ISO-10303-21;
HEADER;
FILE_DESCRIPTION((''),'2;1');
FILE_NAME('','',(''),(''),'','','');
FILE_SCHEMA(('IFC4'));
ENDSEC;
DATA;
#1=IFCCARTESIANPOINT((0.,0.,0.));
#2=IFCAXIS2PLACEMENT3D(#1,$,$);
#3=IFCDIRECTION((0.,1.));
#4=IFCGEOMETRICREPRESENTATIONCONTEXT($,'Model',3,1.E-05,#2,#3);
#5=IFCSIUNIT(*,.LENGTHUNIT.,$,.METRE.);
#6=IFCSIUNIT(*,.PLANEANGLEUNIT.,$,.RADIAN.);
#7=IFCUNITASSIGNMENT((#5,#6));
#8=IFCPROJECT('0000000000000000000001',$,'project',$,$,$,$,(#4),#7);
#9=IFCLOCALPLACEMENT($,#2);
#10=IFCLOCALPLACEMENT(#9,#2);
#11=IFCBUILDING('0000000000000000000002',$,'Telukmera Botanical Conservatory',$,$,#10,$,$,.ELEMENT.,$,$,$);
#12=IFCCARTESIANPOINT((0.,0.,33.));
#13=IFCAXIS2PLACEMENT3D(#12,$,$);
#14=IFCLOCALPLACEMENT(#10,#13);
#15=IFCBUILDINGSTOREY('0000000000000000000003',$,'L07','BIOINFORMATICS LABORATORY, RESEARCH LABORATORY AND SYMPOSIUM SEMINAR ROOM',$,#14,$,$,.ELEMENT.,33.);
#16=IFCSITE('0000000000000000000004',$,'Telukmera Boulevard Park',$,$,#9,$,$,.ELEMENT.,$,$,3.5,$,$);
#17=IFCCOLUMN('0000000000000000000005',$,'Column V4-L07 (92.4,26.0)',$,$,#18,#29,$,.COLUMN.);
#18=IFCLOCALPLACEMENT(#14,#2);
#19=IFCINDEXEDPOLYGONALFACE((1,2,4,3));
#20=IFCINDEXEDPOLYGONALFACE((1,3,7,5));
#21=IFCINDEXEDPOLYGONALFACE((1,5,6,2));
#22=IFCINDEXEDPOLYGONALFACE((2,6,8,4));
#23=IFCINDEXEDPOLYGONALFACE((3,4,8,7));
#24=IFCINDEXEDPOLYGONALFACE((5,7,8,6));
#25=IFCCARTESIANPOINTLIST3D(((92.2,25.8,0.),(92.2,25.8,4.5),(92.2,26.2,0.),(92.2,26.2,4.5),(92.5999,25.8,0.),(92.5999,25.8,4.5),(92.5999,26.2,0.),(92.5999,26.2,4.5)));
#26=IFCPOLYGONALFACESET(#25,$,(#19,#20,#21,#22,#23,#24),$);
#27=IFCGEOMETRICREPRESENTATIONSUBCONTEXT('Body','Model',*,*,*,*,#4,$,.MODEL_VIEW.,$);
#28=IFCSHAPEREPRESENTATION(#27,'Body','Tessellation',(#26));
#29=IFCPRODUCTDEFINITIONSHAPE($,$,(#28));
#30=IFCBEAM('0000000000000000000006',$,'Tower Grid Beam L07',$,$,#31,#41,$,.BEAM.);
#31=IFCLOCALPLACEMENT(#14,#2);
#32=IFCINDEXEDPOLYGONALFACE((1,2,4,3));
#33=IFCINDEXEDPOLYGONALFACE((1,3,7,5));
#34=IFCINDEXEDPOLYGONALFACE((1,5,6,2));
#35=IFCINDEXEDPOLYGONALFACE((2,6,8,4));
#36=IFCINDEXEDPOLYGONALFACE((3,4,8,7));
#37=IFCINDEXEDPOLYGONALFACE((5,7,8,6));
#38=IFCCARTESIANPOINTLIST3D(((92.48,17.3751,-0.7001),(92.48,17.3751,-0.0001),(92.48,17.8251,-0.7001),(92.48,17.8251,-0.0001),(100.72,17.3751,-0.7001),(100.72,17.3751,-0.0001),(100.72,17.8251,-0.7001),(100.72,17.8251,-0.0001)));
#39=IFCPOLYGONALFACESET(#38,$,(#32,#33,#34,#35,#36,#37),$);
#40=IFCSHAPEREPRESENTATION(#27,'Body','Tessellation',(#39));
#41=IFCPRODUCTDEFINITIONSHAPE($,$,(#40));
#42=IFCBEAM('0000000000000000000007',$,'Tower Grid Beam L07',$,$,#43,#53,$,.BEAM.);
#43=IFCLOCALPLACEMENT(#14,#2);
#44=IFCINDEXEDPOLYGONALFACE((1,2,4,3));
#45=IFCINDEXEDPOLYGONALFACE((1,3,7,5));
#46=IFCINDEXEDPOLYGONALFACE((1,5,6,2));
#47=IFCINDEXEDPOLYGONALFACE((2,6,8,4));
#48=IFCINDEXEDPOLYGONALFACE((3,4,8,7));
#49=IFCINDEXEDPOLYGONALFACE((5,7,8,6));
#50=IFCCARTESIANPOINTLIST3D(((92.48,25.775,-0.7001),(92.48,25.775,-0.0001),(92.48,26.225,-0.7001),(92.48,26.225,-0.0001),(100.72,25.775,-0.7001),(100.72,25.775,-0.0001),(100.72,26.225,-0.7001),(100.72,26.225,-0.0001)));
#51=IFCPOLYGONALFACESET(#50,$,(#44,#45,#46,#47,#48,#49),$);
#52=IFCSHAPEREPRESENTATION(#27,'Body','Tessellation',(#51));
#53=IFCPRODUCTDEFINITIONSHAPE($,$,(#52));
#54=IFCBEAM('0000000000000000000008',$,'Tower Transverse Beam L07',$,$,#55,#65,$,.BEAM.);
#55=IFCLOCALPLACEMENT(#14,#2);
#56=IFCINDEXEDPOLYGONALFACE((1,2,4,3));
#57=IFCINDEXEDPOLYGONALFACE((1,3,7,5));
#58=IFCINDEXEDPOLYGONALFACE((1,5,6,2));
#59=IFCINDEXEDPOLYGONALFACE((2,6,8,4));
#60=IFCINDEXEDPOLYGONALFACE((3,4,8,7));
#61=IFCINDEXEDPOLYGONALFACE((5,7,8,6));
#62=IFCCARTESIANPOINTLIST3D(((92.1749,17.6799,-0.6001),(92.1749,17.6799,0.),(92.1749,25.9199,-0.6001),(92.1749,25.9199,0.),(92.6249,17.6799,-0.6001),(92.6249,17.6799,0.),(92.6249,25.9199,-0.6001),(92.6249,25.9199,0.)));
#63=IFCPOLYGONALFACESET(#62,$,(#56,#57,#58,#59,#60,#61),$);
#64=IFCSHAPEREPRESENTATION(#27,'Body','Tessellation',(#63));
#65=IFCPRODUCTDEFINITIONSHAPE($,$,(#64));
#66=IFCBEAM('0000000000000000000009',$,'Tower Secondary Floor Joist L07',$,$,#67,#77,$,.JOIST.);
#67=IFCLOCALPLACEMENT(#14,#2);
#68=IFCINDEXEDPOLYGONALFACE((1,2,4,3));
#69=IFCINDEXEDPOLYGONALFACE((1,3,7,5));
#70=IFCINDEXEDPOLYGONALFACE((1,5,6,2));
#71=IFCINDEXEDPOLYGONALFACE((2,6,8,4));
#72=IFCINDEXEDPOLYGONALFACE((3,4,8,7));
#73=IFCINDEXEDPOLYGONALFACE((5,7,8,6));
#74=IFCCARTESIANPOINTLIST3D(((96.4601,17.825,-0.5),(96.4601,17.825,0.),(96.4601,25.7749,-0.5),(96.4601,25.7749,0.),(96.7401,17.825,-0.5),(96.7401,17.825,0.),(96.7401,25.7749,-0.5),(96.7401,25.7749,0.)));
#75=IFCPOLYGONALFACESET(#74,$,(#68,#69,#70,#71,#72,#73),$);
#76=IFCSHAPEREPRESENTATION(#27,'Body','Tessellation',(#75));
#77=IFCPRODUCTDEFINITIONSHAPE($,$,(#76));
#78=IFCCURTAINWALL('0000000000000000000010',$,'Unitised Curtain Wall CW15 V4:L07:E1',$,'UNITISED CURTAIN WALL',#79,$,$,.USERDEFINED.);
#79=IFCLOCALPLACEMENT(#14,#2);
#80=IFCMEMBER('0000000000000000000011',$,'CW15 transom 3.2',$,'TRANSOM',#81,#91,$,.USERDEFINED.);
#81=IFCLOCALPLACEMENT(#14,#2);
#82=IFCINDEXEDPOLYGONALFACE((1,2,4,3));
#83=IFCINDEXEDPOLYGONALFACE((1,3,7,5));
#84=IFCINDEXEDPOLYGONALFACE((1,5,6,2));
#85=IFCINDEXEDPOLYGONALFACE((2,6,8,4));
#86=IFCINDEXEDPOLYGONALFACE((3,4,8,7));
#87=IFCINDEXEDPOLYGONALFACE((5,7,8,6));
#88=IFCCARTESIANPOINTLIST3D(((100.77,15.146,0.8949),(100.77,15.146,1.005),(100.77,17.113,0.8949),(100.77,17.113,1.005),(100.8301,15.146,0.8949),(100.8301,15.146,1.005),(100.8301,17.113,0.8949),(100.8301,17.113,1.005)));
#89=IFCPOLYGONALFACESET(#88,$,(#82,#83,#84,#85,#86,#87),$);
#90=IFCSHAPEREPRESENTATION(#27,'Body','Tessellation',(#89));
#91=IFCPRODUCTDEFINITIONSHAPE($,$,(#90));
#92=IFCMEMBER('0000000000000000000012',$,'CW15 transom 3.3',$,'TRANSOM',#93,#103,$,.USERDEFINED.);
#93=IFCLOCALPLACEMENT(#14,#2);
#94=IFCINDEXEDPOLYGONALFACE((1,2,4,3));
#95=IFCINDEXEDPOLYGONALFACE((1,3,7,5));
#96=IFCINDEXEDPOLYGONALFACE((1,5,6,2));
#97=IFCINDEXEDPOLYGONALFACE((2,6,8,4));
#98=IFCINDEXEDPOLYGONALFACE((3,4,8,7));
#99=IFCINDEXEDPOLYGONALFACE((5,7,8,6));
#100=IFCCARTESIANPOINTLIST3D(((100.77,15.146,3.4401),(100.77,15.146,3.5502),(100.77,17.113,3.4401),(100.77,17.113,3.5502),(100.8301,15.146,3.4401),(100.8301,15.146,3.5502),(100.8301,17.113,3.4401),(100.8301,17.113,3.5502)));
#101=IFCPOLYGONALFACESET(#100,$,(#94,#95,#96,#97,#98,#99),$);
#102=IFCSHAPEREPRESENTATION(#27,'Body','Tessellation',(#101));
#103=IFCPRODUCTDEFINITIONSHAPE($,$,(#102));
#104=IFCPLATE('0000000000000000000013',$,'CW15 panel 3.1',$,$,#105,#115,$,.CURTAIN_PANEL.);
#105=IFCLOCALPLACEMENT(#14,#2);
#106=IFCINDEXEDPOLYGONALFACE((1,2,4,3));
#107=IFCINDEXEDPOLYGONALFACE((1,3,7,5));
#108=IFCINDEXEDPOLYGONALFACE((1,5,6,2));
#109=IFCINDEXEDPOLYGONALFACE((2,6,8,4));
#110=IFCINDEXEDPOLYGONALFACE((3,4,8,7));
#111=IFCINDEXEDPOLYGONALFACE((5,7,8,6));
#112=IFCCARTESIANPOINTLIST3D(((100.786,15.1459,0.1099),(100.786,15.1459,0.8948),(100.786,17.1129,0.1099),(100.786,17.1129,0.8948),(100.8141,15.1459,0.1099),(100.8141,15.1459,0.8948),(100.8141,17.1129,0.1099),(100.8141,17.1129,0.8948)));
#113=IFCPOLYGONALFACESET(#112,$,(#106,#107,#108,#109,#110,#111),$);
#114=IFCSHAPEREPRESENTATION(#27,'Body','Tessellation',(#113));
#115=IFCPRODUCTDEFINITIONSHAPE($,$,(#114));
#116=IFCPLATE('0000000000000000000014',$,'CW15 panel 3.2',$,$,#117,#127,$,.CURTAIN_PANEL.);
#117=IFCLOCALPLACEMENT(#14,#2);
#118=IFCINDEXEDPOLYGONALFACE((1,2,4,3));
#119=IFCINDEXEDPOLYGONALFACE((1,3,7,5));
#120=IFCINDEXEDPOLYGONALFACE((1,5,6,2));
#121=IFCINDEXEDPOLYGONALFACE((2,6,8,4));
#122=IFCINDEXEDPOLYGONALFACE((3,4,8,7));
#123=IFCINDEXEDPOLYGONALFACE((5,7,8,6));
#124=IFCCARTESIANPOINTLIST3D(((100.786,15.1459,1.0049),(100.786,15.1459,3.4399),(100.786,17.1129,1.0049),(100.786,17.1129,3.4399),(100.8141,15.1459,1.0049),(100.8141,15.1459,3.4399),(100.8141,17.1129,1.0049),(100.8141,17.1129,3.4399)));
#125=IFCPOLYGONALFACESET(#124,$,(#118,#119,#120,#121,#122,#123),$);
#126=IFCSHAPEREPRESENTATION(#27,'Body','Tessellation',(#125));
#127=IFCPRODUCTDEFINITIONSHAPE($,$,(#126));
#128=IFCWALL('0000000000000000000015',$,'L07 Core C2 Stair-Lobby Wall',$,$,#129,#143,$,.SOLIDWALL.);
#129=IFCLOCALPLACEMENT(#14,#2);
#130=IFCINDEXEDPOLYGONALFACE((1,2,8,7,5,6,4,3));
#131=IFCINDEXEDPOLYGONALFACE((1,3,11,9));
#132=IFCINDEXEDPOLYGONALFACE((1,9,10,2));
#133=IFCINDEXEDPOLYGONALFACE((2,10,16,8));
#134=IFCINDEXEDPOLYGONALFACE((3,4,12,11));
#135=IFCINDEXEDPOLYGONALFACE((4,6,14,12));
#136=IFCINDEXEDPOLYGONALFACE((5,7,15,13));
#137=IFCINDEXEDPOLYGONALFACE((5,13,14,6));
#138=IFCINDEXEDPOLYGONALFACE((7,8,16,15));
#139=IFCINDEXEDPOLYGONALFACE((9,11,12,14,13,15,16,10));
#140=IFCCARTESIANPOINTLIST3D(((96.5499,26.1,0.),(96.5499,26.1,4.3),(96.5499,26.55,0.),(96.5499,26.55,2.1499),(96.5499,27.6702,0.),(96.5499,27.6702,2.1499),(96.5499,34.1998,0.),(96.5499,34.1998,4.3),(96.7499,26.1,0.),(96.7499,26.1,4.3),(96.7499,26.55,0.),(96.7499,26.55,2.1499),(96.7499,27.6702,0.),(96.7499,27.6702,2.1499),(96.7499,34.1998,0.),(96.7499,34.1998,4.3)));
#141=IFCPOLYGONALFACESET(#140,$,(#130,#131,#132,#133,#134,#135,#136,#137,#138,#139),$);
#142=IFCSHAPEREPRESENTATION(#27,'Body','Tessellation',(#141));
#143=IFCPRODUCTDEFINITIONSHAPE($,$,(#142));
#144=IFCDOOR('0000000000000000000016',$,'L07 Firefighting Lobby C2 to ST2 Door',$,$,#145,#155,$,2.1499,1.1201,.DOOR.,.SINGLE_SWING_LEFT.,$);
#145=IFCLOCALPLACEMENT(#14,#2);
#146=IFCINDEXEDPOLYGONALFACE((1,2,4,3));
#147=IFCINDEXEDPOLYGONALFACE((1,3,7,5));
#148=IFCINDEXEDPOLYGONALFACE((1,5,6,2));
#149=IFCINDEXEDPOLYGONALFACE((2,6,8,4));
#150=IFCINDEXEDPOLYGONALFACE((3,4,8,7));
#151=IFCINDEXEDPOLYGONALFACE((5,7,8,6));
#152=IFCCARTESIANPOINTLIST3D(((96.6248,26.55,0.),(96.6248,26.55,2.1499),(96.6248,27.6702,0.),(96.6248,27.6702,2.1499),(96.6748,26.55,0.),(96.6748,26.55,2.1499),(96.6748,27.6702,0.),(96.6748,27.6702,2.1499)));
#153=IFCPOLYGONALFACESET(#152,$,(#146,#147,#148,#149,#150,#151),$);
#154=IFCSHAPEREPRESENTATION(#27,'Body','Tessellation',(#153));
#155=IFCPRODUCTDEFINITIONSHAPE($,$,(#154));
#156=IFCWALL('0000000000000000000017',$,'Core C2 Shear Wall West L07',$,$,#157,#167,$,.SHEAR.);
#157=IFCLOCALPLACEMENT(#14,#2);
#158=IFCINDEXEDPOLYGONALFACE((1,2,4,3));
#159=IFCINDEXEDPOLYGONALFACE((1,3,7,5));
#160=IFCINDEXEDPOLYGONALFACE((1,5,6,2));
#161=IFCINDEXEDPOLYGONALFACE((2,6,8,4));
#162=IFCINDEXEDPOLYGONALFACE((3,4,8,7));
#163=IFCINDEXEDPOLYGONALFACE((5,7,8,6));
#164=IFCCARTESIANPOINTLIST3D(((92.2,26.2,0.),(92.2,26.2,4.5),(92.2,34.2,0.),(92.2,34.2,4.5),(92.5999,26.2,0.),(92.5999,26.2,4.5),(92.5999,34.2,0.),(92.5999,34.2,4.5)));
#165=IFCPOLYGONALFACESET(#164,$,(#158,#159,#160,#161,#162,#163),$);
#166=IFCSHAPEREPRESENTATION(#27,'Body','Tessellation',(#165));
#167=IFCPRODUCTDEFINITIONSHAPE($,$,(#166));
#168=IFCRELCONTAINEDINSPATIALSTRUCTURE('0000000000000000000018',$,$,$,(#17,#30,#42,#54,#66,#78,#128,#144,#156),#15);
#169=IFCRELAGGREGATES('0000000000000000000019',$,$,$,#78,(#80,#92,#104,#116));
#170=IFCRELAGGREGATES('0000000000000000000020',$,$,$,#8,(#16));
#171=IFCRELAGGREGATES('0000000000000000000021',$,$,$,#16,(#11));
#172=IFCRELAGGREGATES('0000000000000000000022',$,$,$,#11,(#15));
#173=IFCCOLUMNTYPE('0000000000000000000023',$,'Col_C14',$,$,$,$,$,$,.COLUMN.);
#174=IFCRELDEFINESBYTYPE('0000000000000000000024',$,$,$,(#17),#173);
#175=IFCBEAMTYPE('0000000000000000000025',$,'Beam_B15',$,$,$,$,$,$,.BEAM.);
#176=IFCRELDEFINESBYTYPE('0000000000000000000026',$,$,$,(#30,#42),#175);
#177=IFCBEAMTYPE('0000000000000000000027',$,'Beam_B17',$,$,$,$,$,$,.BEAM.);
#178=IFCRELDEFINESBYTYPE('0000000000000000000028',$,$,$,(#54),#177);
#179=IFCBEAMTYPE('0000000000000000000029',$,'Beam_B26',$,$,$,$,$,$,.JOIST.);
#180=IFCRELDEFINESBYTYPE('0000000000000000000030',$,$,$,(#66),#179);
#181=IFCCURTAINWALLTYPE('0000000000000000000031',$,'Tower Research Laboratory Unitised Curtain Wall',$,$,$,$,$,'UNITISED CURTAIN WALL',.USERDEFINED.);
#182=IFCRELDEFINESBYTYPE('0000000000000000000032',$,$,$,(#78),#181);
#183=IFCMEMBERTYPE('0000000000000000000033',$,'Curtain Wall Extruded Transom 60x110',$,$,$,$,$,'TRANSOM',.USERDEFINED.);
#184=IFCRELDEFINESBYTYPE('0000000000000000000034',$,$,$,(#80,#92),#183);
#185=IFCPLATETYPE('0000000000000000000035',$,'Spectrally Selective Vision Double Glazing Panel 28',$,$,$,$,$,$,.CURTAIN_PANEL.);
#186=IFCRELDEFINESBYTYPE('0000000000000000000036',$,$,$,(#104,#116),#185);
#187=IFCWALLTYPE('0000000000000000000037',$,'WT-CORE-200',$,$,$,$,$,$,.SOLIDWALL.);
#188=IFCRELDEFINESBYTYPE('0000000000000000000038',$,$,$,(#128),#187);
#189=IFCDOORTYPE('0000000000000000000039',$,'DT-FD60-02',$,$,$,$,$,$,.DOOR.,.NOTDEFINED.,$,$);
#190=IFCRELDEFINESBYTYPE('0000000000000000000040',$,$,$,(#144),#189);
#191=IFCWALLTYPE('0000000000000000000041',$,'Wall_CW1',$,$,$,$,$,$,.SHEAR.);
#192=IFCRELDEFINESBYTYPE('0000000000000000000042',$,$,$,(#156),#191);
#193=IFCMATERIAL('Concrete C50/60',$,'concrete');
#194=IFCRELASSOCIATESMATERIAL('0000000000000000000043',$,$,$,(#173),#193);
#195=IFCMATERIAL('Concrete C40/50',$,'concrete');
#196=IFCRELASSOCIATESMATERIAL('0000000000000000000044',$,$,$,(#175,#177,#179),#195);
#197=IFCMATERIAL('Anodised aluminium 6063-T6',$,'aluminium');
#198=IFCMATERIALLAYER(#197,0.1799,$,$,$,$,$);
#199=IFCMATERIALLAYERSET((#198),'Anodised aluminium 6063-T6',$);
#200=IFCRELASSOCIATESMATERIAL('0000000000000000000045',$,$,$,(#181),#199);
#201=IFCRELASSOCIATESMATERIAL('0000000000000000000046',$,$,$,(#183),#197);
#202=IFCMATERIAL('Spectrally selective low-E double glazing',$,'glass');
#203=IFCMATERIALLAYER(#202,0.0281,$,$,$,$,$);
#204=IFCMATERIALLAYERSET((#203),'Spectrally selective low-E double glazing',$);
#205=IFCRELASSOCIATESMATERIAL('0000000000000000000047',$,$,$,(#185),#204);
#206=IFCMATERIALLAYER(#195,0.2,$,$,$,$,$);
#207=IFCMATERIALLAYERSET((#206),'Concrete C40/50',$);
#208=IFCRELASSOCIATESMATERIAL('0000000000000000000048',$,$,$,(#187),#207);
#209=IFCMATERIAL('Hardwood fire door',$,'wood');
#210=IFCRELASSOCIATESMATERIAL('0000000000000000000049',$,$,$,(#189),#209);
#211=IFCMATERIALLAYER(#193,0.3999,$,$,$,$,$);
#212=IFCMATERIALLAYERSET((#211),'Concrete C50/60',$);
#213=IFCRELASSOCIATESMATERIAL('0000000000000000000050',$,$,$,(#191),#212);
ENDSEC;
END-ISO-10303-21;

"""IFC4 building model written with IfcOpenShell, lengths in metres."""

from ifc_helpers import new_model, si_unit, direction, frame, frame_2d, origin, origin_2d, place, context, subcontext, project, spatial, rectangle, extrude, material, layer, layer_set, material_profile, profile_set, type_object, element, fill, aggregate, save


model = new_model("IFC4")

# Units and contexts
model_context = context("Model", 3, precision=1e-05, world=origin(), true_north=direction((0.0, 1.0)))
body_context = subcontext(model_context, "Body", "Model", "MODEL_VIEW")
ifc_project = project(units=[si_unit("LENGTHUNIT", "METRE"), si_unit("PLANEANGLEUNIT", "RADIAN")], contexts=[model_context])

# Site, building, storey
site_placement = place(None, origin())
site = spatial("IfcSite", under=ifc_project, at=site_placement, Name="Telukmera Boulevard Park", CompositionType="ELEMENT", RefElevation=3.5)
building_placement = place(site_placement, origin())
building = spatial("IfcBuilding", under=site, at=building_placement, Name="Telukmera Botanical Conservatory", CompositionType="ELEMENT")
storey_placement = place(building_placement, frame((0.0, 0.0, 33.0)))
storey = spatial("IfcBuildingStorey", under=building, at=storey_placement, Name="L07", Description="BIOINFORMATICS LABORATORY, RESEARCH LABORATORY AND SYMPOSIUM SEMINAR ROOM", CompositionType="ELEMENT", Elevation=33.0)

# Column
ifc_material_1 = material(Name="Concrete C50/60", Category="concrete")
ifc_material_profile_1 = material_profile(ifc_material_1, rectangle(XDim=0.3999, YDim=0.3999, at=origin_2d()), Name="RC 400x400")
ifc_profile_set_1 = profile_set([ifc_material_profile_1], Name="Concrete C50/60")
column_type = type_object("IfcColumnType", Name="Col_C14", PredefinedType="COLUMN", material=ifc_profile_set_1)
column_placement = place(storey_placement, frame((92.3999, 26.0, 0.0), z_axis=(0.0, 0.0, 1.0), x_axis=(1.0, 0.0, 0.0)))
element("IfcColumn", 1, at=column_placement, inside=storey, type_object=column_type, Name="Column V4-L07 (92.4,26.0)", PredefinedType="COLUMN", context=body_context, shape_type="SweptSolid", body=[
    extrude(rectangle(XDim=0.3999, YDim=0.3999, at=origin_2d()), origin(), (0.0, 0.0, 1.0), 4.5),
])

# Beams
ifc_material_2 = material(Name="Concrete C40/50", Category="concrete")
ifc_material_profile_2 = material_profile(ifc_material_2, rectangle(XDim=0.45, YDim=0.7, at=origin_2d()), Name="RC 450x700")
ifc_profile_set_2 = profile_set([ifc_material_profile_2], Name="Concrete C40/50")
beam_type_1 = type_object("IfcBeamType", Name="Beam_B15", PredefinedType="BEAM", material=ifc_profile_set_2)
for number, where, z_axis, x_axis, name in (
    (2, (92.48, 17.6001, -0.3501), (1.0, 0.0, 0.0), (0.0, 1.0, 0.0), "Tower Grid Beam L07"),
    (3, (92.48, 26.0, -0.3501), (1.0, 0.0, 0.0), (0.0, 1.0, 0.0), "Tower Grid Beam L07"),
):
    element("IfcBeam", number, at=place(storey_placement, frame(where, z_axis=z_axis, x_axis=x_axis)), inside=storey, type_object=beam_type_1, Name=name, PredefinedType="BEAM", context=body_context, shape_type="SweptSolid", body=[
        extrude(rectangle(XDim=0.45, YDim=0.7, at=origin_2d()), origin(), (0.0, 0.0, 1.0), 8.24),
    ])
ifc_material_profile_3 = material_profile(ifc_material_2, rectangle(XDim=0.45, YDim=0.6001, at=origin_2d()), Name="RC 450x600")
ifc_profile_set_3 = profile_set([ifc_material_profile_3], Name="Concrete C40/50")
beam_type_2 = type_object("IfcBeamType", Name="Beam_B17", PredefinedType="BEAM", material=ifc_profile_set_3)
beam_1_placement = place(storey_placement, frame((92.3999, 17.6799, -0.3), z_axis=(0.0, 1.0, 0.0), x_axis=(-1.0, 0.0, 0.0)))
element("IfcBeam", 4, at=beam_1_placement, inside=storey, type_object=beam_type_2, Name="Tower Transverse Beam L07", PredefinedType="BEAM", context=body_context, shape_type="SweptSolid", body=[
    extrude(rectangle(XDim=0.45, YDim=0.6001, at=origin_2d()), origin(), (0.0, 0.0, 1.0), 8.24),
])
ifc_material_profile_4 = material_profile(ifc_material_2, rectangle(XDim=0.28, YDim=0.5, at=origin_2d()), Name="RC 280x500")
ifc_profile_set_4 = profile_set([ifc_material_profile_4], Name="Concrete C40/50")
beam_type_3 = type_object("IfcBeamType", Name="Beam_B26", PredefinedType="JOIST", material=ifc_profile_set_4)
beam_2_placement = place(storey_placement, frame((96.6001, 17.825, -0.25), z_axis=(0.0, 1.0, 0.0), x_axis=(-1.0, 0.0, 0.0)))
element("IfcBeam", 5, at=beam_2_placement, inside=storey, type_object=beam_type_3, Name="Tower Secondary Floor Joist L07", PredefinedType="JOIST", context=body_context, shape_type="SweptSolid", body=[
    extrude(rectangle(XDim=0.28, YDim=0.5, at=origin_2d()), origin(), (0.0, 0.0, 1.0), 7.95),
])

# Curtain wall, members, plates
ifc_material_3 = material(Name="Anodised aluminium 6063-T6", Category="aluminium")
ifc_layer_1 = layer(ifc_material_3, 0.1799)
ifc_layer_set_1 = layer_set([ifc_layer_1], Name="Anodised aluminium 6063-T6")
curtain_wall_type = type_object("IfcCurtainWallType", Name="Tower Research Laboratory Unitised Curtain Wall", ElementType="UNITISED CURTAIN WALL", PredefinedType="USERDEFINED", material=ifc_layer_set_1)
curtain_wall_placement = place(storey_placement, origin())
curtain_wall = element("IfcCurtainWall", 6, at=curtain_wall_placement, inside=storey, type_object=curtain_wall_type, Name="Unitised Curtain Wall CW15 V4:L07:E1", ObjectType="UNITISED CURTAIN WALL", PredefinedType="USERDEFINED")
ifc_material_profile_5 = material_profile(ifc_material_3, rectangle(XDim=0.0601, YDim=0.1101, at=origin_2d()), Name="ALU TRAN 60x110")
ifc_profile_set_5 = profile_set([ifc_material_profile_5], Name="Anodised aluminium 6063-T6")
member_type = type_object("IfcMemberType", Name="Curtain Wall Extruded Transom 60x110", ElementType="TRANSOM", PredefinedType="USERDEFINED", material=ifc_profile_set_5)
member_1_placement = place(storey_placement, frame((100.8, 15.146, 0.95), z_axis=(0.0, 1.0, 0.0), x_axis=(-1.0, 0.0, 0.0)))
member_1 = element("IfcMember", 7, at=member_1_placement, type_object=member_type, Name="CW15 transom 3.2", ObjectType="TRANSOM", PredefinedType="USERDEFINED", context=body_context, shape_type="SweptSolid", body=[
    extrude(rectangle(XDim=0.0601, YDim=0.1101, at=origin_2d()), origin(), (0.0, 0.0, 1.0), 1.967),
])
member_2_placement = place(storey_placement, frame((100.8, 15.146, 3.4951), z_axis=(0.0, 1.0, 0.0), x_axis=(-1.0, 0.0, 0.0)))
member_2 = element("IfcMember", 8, at=member_2_placement, type_object=member_type, Name="CW15 transom 3.3", ObjectType="TRANSOM", PredefinedType="USERDEFINED", context=body_context, shape_type="SweptSolid", body=[
    extrude(rectangle(XDim=0.0601, YDim=0.1101, at=origin_2d()), origin(), (0.0, 0.0, 1.0), 1.967),
])
ifc_material_4 = material(Name="Spectrally selective low-E double glazing", Category="glass")
ifc_layer_2 = layer(ifc_material_4, 0.0281)
ifc_layer_set_2 = layer_set([ifc_layer_2], Name="Spectrally selective low-E double glazing")
plate_type = type_object("IfcPlateType", Name="Spectrally Selective Vision Double Glazing Panel 28", PredefinedType="CURTAIN_PANEL", material=ifc_layer_set_2)
plate_1_placement = place(storey_placement, frame((100.8, 16.1294, 0.1099), z_axis=(0.0, 0.0, 1.0), x_axis=(0.0, 1.0, 0.0)))
plate_1 = element("IfcPlate", 9, at=plate_1_placement, type_object=plate_type, Name="CW15 panel 3.1", PredefinedType="CURTAIN_PANEL", context=body_context, shape_type="SweptSolid", body=[
    extrude(rectangle(XDim=1.967, YDim=0.0281, at=origin_2d()), origin(), (0.0, 0.0, 1.0), 0.7849),
])
plate_2_placement = place(storey_placement, frame((100.8, 16.1294, 1.0049), z_axis=(0.0, 0.0, 1.0), x_axis=(0.0, 1.0, 0.0)))
plate_2 = element("IfcPlate", 10, at=plate_2_placement, type_object=plate_type, Name="CW15 panel 3.2", PredefinedType="CURTAIN_PANEL", context=body_context, shape_type="SweptSolid", body=[
    extrude(rectangle(XDim=1.967, YDim=0.0281, at=origin_2d()), origin(), (0.0, 0.0, 1.0), 2.4351),
])
aggregate(curtain_wall, [member_1, member_2, plate_1, plate_2])

# Shared definitions
ifc_layer_3 = layer(ifc_material_2, 0.2)
ifc_layer_set_3 = layer_set([ifc_layer_3], Name="Concrete C40/50")
wall_type_1 = type_object("IfcWallType", Name="WT-CORE-200", PredefinedType="SOLIDWALL", material=ifc_layer_set_3)
ifc_material_5 = material(Name="Hardwood fire door", Category="wood")

# Wall, opening, door
wall_1_placement = place(storey_placement, frame((96.6499, 26.1001, 0.0), z_axis=(0.0, 0.0, 1.0), x_axis=(0.0, 1.0, 0.0)))
wall_1 = element("IfcWall", 11, at=wall_1_placement, inside=storey, type_object=wall_type_1, Name="L07 Core C2 Stair-Lobby Wall", PredefinedType="SOLIDWALL", context=body_context, shape_type="SweptSolid", body=[
    extrude(rectangle(XDim=8.0999, YDim=0.2, at=frame_2d((4.0498, 0.0))), origin(), (0.0, 0.0, 1.0), 4.3),
])
opening_1_placement = place(wall_1_placement, frame((0.45, 0.0, 0.0)))
opening_1 = element("IfcOpeningElement", 12, at=opening_1_placement, cuts=wall_1, PredefinedType="OPENING", context=body_context, shape_type="SweptSolid", body=[
    extrude(rectangle(XDim=1.1201, YDim=2.1499, at=frame_2d((0.5601, 1.075))), frame((0.0, 0.1099, 0.0), z_axis=(0.0, -1.0, 0.0), x_axis=(1.0, 0.0, 0.0)), (0.0, 0.0, 1.0), 0.22),
])
door_type_1 = type_object("IfcDoorType", Name="DT-FD60-02", OperationType="NOTDEFINED", PredefinedType="DOOR", material=ifc_material_5)
door_1_placement = place(opening_1_placement, frame((1.1201, 0.0, 0.0), z_axis=(0.0, 0.0, 1.0), x_axis=(-1.0, 0.0, 0.0)))
door_1 = element("IfcDoor", 13, at=door_1_placement, inside=storey, type_object=door_type_1, Name="L07 Firefighting Lobby C2 to ST2 Door", OperationType="SINGLE_SWING_LEFT", OverallHeight=2.1499, OverallWidth=1.1201, PredefinedType="DOOR", context=body_context, shape_type="SweptSolid", body=[
    extrude(rectangle(XDim=1.1201, YDim=2.1499, at=frame_2d((0.5601, 1.075))), frame((0.0, 0.0249, 0.0), z_axis=(0.0, -1.0, 0.0), x_axis=(1.0, 0.0, 0.0)), (0.0, 0.0, 1.0), 0.05),
])
fill(opening_1, door_1)

# Wall
ifc_layer_4 = layer(ifc_material_1, 0.3999)
ifc_layer_set_4 = layer_set([ifc_layer_4], Name="Concrete C50/60")
wall_type_2 = type_object("IfcWallType", Name="Wall_CW1", PredefinedType="SHEAR", material=ifc_layer_set_4)
wall_2_placement = place(storey_placement, frame((92.3999, 26.2, 0.0), z_axis=(0.0, 0.0, 1.0), x_axis=(0.0, 1.0, 0.0)))
element("IfcWall", 14, at=wall_2_placement, inside=storey, type_object=wall_type_2, Name="Core C2 Shear Wall West L07", PredefinedType="SHEAR", context=body_context, shape_type="SweptSolid", body=[
    extrude(rectangle(XDim=8.0, YDim=0.3999, at=frame_2d((4.0, 0.0))), origin(), (0.0, 0.0, 1.0), 4.5),
])

save(model, "model.ifc")
